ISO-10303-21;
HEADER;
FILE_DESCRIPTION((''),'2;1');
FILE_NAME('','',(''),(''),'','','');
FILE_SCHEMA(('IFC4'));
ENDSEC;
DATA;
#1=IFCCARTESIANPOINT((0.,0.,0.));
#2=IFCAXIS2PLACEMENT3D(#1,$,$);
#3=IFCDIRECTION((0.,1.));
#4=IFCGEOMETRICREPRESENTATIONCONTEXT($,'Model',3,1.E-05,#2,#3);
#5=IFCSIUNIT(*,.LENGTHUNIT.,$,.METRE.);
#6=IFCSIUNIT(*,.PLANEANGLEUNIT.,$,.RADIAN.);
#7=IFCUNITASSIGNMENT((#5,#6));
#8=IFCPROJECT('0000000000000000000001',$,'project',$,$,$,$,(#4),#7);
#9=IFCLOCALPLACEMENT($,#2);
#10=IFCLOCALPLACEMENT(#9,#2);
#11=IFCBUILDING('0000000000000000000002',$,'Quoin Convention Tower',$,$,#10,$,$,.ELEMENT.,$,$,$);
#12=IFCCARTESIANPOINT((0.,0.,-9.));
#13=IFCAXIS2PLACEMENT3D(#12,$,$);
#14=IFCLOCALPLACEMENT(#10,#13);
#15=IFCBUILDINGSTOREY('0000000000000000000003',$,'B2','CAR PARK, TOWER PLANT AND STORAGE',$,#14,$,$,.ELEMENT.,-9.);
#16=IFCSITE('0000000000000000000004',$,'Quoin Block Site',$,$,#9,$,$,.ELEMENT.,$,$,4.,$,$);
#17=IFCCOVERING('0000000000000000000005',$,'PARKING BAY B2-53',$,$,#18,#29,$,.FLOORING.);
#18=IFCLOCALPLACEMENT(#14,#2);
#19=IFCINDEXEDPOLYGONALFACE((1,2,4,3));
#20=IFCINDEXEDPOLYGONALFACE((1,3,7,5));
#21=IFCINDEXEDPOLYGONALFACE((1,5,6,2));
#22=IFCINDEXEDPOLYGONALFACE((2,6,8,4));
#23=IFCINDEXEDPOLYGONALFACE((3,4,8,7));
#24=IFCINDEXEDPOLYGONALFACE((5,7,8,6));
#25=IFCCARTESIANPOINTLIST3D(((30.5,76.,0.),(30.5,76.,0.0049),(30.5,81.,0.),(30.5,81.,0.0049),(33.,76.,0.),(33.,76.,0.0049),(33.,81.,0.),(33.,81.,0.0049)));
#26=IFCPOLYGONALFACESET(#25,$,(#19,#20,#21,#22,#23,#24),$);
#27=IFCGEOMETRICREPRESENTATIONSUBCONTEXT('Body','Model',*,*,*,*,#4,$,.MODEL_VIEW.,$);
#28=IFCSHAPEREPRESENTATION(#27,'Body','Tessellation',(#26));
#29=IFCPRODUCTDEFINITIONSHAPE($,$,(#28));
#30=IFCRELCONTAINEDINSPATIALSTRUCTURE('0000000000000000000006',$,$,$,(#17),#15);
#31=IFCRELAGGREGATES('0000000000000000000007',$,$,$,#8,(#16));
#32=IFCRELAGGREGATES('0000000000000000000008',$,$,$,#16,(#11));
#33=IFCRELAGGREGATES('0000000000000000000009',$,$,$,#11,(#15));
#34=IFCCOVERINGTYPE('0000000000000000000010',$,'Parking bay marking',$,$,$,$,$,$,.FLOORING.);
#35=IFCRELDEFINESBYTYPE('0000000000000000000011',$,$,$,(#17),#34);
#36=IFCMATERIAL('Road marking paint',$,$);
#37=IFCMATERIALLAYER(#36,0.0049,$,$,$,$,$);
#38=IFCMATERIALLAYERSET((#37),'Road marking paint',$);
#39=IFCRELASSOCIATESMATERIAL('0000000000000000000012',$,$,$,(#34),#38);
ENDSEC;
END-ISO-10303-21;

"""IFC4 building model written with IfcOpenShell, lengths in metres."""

from ifc_helpers import new_model, si_unit, direction, frame, origin, place, context, subcontext, project, spatial, polyline, outline, extrude, material, layer, layer_set, type_object, element, save


model = new_model("IFC4")

# Units and contexts
model_context = context("Model", 3, precision=1e-05, world=origin(), true_north=direction((0.0, 1.0)))
body_context = subcontext(model_context, "Body", "Model", "MODEL_VIEW")
ifc_project = project(units=[si_unit("LENGTHUNIT", "METRE"), si_unit("PLANEANGLEUNIT", "RADIAN")], contexts=[model_context])

# Site, building, storey
site_placement = place(None, origin())
site = spatial("IfcSite", under=ifc_project, at=site_placement, Name="Quoin Block Site", CompositionType="ELEMENT", RefElevation=4.0)
building_placement = place(site_placement, origin())
building = spatial("IfcBuilding", under=site, at=building_placement, Name="Quoin Convention Tower", CompositionType="ELEMENT")
storey_placement = place(building_placement, frame((0.0, 0.0, -9.0)))
storey = spatial("IfcBuildingStorey", under=building, at=storey_placement, Name="B2", Description="CAR PARK, TOWER PLANT AND STORAGE", CompositionType="ELEMENT", Elevation=-9.0)

# Covering
ifc_material_1 = material(Name="Road marking paint")
ifc_layer_1 = layer(ifc_material_1, 0.0049)
ifc_layer_set_1 = layer_set([ifc_layer_1], Name="Road marking paint")
covering_type = type_object("IfcCoveringType", Name="Parking bay marking", PredefinedType="FLOORING", material=ifc_layer_set_1)
covering_1_placement = place(storey_placement, origin())
element("IfcCovering", 1, at=covering_1_placement, inside=storey, type_object=covering_type, Name="PARKING BAY B2-53", PredefinedType="FLOORING", context=body_context, shape_type="SweptSolid", body=[
    extrude(outline(polyline([(30.5, 76.0), (33.0, 76.0), (33.0, 81.0), (30.5, 81.0), (30.5, 76.0)])), origin(), (0.0, 0.0, 1.0), 0.0049),
])

save(model, "model.ifc")
